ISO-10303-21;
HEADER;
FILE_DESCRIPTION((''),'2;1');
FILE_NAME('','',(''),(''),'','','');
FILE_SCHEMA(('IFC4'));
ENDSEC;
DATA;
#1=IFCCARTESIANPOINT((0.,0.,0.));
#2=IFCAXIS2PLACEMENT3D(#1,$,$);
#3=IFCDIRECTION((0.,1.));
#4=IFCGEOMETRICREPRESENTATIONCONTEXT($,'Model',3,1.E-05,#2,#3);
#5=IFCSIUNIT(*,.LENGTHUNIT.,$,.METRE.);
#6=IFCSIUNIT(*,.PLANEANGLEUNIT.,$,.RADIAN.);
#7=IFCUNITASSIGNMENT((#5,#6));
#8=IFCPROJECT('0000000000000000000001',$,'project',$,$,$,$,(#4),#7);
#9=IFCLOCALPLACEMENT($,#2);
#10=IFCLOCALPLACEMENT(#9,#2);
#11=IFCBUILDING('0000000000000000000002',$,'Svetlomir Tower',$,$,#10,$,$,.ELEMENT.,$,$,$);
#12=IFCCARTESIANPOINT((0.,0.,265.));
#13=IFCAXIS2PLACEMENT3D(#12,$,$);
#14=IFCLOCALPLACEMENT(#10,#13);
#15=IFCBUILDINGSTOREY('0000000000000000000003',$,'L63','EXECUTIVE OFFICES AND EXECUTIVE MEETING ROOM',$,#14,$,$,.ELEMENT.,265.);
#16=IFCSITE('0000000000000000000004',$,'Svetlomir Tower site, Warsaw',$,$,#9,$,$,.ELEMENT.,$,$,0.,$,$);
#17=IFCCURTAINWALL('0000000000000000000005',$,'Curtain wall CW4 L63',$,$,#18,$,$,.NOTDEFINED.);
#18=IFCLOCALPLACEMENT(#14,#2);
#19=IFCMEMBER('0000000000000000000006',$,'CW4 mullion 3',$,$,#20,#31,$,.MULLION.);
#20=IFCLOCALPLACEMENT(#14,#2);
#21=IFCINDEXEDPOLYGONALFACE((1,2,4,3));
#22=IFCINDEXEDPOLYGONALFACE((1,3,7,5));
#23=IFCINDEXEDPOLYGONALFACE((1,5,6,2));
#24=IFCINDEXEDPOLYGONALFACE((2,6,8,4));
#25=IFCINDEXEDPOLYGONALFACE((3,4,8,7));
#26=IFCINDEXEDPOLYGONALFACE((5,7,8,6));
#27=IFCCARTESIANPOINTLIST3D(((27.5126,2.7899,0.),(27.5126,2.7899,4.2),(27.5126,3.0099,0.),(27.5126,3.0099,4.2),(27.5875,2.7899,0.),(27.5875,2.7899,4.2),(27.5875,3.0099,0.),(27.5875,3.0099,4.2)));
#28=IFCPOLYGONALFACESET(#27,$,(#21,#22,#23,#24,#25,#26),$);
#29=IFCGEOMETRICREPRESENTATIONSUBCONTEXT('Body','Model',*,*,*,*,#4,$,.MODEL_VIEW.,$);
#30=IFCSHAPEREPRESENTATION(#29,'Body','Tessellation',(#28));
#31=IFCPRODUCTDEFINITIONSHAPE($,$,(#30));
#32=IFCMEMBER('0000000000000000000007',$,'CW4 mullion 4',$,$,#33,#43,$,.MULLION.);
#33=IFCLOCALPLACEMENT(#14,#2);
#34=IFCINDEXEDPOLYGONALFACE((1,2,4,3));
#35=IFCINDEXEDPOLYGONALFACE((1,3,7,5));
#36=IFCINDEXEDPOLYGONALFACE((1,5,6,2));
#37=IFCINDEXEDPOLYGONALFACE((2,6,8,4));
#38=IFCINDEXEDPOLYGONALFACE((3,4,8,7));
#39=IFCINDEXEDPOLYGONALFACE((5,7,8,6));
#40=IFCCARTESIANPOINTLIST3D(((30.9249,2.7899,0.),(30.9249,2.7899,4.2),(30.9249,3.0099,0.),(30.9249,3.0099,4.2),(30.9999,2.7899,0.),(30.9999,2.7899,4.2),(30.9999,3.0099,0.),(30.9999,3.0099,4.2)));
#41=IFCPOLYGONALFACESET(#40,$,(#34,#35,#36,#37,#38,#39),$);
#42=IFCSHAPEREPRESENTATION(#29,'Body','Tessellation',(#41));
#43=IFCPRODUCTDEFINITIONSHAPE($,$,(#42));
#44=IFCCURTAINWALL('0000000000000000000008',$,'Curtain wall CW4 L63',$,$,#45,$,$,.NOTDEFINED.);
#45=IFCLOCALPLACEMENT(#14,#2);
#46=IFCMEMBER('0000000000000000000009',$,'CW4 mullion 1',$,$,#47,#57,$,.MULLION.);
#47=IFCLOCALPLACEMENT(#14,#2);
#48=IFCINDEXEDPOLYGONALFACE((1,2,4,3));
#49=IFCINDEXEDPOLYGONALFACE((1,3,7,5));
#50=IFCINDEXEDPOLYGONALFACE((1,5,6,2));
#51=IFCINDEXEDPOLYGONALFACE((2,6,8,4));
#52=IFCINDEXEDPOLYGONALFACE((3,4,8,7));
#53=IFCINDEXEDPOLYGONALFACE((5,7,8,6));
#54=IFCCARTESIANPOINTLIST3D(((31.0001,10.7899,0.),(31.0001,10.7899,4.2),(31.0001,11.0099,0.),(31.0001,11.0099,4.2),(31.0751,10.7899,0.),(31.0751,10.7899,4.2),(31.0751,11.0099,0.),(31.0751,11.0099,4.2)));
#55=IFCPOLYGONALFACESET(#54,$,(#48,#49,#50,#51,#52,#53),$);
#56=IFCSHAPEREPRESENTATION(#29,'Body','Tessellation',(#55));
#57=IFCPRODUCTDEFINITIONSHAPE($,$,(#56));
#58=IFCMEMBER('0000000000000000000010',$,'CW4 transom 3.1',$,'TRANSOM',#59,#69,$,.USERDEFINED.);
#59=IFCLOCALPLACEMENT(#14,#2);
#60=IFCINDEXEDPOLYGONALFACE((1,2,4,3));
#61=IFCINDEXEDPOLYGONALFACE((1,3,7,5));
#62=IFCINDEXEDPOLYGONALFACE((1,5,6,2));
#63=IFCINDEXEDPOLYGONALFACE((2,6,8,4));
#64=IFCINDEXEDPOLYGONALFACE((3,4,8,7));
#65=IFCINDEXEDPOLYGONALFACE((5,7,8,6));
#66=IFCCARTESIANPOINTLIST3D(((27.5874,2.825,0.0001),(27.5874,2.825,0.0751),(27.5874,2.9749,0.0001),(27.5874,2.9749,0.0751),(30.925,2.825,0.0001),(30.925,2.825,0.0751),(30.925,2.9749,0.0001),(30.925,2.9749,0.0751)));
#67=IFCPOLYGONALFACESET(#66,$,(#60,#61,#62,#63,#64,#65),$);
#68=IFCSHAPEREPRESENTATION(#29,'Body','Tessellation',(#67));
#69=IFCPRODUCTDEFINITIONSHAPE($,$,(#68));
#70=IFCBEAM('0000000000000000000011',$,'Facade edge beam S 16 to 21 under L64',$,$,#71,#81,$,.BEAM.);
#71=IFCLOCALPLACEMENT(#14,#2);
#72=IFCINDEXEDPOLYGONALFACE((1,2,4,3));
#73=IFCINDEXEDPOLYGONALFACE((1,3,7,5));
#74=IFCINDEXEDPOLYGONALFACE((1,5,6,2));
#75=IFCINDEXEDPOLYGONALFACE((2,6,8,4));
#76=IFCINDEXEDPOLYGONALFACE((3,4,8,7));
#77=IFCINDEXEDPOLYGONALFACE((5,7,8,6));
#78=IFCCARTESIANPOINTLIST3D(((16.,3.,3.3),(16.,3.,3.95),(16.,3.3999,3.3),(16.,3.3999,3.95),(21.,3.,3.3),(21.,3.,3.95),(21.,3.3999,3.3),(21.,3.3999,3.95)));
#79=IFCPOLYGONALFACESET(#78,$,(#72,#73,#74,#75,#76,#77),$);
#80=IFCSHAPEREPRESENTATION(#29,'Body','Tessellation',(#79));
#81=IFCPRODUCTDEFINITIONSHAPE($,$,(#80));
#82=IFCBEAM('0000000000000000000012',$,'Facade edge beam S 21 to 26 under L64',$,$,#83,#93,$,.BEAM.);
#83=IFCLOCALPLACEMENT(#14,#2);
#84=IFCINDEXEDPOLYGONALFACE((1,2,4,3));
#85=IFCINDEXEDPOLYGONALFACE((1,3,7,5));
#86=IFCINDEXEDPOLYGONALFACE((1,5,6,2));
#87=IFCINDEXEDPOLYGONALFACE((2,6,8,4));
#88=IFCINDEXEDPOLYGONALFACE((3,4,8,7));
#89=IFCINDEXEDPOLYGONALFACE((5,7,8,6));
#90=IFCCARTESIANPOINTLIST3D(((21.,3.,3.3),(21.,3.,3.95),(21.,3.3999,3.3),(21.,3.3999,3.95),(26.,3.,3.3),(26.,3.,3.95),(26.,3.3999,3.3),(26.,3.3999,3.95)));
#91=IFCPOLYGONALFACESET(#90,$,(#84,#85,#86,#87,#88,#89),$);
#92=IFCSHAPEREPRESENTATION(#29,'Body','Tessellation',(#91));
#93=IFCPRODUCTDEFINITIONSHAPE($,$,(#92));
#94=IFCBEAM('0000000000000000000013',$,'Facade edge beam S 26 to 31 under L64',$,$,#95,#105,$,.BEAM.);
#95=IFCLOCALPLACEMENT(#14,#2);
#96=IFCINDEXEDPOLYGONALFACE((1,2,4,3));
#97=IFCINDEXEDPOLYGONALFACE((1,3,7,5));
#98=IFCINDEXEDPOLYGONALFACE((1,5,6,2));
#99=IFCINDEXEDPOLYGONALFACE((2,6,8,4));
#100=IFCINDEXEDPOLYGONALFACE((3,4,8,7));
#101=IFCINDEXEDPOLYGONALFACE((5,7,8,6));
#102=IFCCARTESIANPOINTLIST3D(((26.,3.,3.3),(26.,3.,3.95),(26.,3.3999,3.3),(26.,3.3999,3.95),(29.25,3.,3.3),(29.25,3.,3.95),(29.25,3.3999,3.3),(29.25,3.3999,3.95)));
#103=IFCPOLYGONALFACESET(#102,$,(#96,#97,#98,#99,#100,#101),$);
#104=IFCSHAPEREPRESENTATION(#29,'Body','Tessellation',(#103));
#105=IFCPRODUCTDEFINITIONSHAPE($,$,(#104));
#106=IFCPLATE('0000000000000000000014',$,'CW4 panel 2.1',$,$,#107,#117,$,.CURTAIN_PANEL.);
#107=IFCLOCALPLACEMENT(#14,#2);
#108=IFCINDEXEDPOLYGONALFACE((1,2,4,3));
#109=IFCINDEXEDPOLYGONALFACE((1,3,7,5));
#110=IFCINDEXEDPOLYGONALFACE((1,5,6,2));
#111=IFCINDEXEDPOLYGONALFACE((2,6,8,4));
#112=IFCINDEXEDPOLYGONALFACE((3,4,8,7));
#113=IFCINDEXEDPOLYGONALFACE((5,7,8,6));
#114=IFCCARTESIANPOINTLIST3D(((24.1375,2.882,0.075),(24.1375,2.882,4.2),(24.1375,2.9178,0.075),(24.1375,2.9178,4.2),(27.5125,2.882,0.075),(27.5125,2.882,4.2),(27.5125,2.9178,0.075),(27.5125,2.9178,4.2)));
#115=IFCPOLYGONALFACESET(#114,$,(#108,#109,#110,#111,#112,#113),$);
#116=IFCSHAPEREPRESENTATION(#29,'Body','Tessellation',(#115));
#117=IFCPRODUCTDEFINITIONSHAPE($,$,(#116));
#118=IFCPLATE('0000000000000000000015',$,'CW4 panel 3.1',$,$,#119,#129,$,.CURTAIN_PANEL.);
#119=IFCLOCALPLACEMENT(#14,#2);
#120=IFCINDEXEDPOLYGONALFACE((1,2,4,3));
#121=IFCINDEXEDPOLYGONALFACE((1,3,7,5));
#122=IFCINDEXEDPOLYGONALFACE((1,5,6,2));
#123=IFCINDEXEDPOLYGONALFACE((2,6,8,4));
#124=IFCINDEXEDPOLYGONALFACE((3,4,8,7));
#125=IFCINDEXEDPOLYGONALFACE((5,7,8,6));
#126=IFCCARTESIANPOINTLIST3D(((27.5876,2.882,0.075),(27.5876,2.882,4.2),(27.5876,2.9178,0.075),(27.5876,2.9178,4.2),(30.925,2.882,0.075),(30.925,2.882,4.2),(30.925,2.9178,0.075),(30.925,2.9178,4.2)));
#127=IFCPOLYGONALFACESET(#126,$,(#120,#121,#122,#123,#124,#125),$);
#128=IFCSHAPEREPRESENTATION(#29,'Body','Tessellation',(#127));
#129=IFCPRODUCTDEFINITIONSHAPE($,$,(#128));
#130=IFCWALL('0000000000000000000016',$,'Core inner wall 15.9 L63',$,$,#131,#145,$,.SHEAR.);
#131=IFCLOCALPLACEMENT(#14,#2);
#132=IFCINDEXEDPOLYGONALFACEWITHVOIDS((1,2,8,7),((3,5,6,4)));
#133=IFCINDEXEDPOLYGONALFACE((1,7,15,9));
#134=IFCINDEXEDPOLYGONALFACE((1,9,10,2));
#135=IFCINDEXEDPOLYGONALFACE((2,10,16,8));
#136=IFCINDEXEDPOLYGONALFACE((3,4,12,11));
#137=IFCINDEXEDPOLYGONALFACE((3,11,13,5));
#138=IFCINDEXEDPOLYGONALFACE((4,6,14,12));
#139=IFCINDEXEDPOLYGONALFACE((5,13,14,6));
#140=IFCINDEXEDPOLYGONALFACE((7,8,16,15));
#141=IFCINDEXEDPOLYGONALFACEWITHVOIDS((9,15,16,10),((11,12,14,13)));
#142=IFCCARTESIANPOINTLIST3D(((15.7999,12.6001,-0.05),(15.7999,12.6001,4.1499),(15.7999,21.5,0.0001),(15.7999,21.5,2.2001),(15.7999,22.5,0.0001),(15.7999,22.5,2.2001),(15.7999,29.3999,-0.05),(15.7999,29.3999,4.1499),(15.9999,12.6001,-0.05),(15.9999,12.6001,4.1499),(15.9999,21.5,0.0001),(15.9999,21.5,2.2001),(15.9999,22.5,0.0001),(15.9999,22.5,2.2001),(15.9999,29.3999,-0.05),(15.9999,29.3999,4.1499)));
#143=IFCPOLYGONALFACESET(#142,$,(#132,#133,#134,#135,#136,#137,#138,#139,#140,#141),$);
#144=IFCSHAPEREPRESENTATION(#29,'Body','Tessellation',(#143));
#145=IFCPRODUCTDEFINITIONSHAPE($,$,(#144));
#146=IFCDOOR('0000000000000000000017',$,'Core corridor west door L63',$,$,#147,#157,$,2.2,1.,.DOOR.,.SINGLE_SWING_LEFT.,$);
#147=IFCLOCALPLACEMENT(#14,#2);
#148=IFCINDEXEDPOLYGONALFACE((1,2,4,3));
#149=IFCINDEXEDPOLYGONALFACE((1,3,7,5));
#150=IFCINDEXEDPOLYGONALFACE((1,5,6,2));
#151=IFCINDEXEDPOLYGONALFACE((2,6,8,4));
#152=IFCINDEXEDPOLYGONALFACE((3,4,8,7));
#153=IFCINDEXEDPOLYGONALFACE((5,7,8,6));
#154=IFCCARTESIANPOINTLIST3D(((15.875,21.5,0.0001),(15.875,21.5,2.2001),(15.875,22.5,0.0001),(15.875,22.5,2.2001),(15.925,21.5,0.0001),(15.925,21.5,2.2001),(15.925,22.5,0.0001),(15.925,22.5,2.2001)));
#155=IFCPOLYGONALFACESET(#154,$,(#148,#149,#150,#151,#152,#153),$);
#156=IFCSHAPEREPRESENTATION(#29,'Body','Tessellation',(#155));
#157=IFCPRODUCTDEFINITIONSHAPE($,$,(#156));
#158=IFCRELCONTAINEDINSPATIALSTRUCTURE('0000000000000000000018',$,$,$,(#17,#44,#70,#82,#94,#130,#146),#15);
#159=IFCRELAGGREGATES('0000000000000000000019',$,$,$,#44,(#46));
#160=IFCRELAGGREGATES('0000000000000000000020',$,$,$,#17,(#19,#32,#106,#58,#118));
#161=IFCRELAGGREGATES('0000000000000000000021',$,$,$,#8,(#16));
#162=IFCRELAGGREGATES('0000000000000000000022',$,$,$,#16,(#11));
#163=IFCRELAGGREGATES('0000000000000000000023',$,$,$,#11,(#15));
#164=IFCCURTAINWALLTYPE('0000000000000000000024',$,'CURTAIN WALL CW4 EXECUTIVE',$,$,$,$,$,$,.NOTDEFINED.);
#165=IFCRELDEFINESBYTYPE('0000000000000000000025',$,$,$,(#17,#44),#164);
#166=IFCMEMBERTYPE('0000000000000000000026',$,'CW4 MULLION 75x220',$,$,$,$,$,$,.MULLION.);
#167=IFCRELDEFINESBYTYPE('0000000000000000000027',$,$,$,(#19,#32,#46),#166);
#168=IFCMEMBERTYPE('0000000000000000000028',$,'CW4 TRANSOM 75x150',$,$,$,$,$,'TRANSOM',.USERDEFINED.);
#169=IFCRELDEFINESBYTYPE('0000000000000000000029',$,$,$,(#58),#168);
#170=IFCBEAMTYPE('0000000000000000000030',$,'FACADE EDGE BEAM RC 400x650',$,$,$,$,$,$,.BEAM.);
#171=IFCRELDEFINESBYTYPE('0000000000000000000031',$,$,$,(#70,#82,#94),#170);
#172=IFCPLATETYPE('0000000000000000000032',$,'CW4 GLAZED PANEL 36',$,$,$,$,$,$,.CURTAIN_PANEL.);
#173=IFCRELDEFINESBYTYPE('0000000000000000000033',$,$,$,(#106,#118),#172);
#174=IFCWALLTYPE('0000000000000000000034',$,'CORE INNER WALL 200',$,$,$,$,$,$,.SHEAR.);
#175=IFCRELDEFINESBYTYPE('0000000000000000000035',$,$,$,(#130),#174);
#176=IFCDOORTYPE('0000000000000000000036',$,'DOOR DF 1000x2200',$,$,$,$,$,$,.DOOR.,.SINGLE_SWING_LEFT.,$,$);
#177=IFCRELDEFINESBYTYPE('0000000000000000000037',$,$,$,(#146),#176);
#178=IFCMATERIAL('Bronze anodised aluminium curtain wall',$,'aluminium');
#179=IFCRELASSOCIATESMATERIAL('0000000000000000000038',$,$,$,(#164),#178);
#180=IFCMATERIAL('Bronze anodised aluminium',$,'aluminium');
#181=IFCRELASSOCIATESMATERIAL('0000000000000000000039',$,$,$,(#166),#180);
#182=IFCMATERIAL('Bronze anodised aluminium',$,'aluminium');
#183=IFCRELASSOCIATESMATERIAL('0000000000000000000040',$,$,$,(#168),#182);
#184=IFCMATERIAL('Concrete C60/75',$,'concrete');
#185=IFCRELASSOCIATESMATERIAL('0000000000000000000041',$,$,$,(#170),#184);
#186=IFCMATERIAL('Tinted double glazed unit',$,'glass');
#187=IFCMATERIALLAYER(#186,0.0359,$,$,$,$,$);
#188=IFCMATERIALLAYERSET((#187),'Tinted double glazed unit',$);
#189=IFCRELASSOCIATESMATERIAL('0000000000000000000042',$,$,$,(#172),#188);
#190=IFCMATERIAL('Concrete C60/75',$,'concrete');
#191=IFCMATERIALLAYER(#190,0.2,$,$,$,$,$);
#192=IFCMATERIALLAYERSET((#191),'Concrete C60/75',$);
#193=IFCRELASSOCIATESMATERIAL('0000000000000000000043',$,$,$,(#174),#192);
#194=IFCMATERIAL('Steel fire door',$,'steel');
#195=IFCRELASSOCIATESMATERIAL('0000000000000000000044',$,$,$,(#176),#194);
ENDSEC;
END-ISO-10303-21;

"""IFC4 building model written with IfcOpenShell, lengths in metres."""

from ifc_helpers import new_model, si_unit, direction, frame, frame_2d, origin, origin_2d, place, context, subcontext, project, spatial, rectangle, extrude, material, layer, layer_set, material_profile, profile_set, type_object, element, fill, aggregate, save


model = new_model("IFC4")

# Units and contexts
model_context = context("Model", 3, precision=1e-05, world=origin(), true_north=direction((0.0, 1.0)))
body_context = subcontext(model_context, "Body", "Model", "MODEL_VIEW")
ifc_project = project(units=[si_unit("LENGTHUNIT", "METRE"), si_unit("PLANEANGLEUNIT", "RADIAN")], contexts=[model_context])

# Site, building, storey
site_placement = place(None, origin())
site = spatial("IfcSite", under=ifc_project, at=site_placement, Name="Svetlomir Tower site, Warsaw", CompositionType="ELEMENT", RefElevation=0.0)
building_placement = place(site_placement, origin())
building = spatial("IfcBuilding", under=site, at=building_placement, Name="Svetlomir Tower", CompositionType="ELEMENT")
storey_placement = place(building_placement, frame((0.0, 0.0, 265.0)))
storey = spatial("IfcBuildingStorey", under=building, at=storey_placement, Name="L63", Description="EXECUTIVE OFFICES AND EXECUTIVE MEETING ROOM", CompositionType="ELEMENT", Elevation=265.0)

# Curtain wall, members
ifc_material_1 = material(Name="Bronze anodised aluminium curtain wall", Category="aluminium")
curtain_wall_type = type_object("IfcCurtainWallType", Name="CURTAIN WALL CW4 EXECUTIVE", PredefinedType="NOTDEFINED", material=ifc_material_1)
curtain_wall_1_placement = place(storey_placement, origin())
curtain_wall_1 = element("IfcCurtainWall", 1, at=curtain_wall_1_placement, inside=storey, type_object=curtain_wall_type, Name="Curtain wall CW4 L63", PredefinedType="NOTDEFINED")
ifc_material_2 = material(Name="Bronze anodised aluminium", Category="aluminium")
ifc_material_profile_1 = material_profile(ifc_material_2, rectangle(XDim=0.075, YDim=0.22, at=origin_2d()), Name="AL 75x220")
ifc_profile_set_1 = profile_set([ifc_material_profile_1], Name="Bronze anodised aluminium 6063-T6")
member_type_1 = type_object("IfcMemberType", Name="CW4 MULLION 75x220", PredefinedType="MULLION", material=ifc_profile_set_1)
member_1_placement = place(storey_placement, frame((27.55, 2.8999, 0.0), z_axis=(0.0, 0.0, 1.0), x_axis=(1.0, 0.0, 0.0)))
member_1 = element("IfcMember", 2, at=member_1_placement, type_object=member_type_1, Name="CW4 mullion 3", PredefinedType="MULLION", context=body_context, shape_type="SweptSolid", body=[
    extrude(rectangle(XDim=0.075, YDim=0.22, at=origin_2d()), origin(), (0.0, 0.0, 1.0), 4.2),
])
member_2_placement = place(storey_placement, frame((30.9624, 2.8999, 0.0), z_axis=(0.0, 0.0, 1.0), x_axis=(1.0, 0.0, 0.0)))
member_2 = element("IfcMember", 3, at=member_2_placement, type_object=member_type_1, Name="CW4 mullion 4", PredefinedType="MULLION", context=body_context, shape_type="SweptSolid", body=[
    extrude(rectangle(XDim=0.075, YDim=0.22, at=origin_2d()), origin(), (0.0, 0.0, 1.0), 4.2),
])

# Curtain wall, member
curtain_wall_2_placement = place(storey_placement, origin())
curtain_wall_2 = element("IfcCurtainWall", 4, at=curtain_wall_2_placement, inside=storey, type_object=curtain_wall_type, Name="Curtain wall CW4 L63", PredefinedType="NOTDEFINED")
member_3_placement = place(storey_placement, frame((31.0376, 10.8999, 0.0), z_axis=(0.0, 0.0, 1.0), x_axis=(1.0, 0.0, 0.0)))
member_3 = element("IfcMember", 5, at=member_3_placement, type_object=member_type_1, Name="CW4 mullion 1", PredefinedType="MULLION", context=body_context, shape_type="SweptSolid", body=[
    extrude(rectangle(XDim=0.075, YDim=0.22, at=origin_2d()), origin(), (0.0, 0.0, 1.0), 4.2),
])
aggregate(curtain_wall_2, [member_3])

# Member
ifc_material_3 = material(Name="Bronze anodised aluminium", Category="aluminium")
ifc_material_profile_2 = material_profile(ifc_material_3, rectangle(XDim=0.1499, YDim=0.075, at=origin_2d()), Name="AL 150x75")
ifc_profile_set_2 = profile_set([ifc_material_profile_2], Name="Bronze anodised aluminium 6063-T6")
member_type_2 = type_object("IfcMemberType", Name="CW4 TRANSOM 75x150", ElementType="TRANSOM", PredefinedType="USERDEFINED", material=ifc_profile_set_2)
member_4_placement = place(storey_placement, frame((27.5874, 2.8999, 0.0376), z_axis=(1.0, 0.0, 0.0), x_axis=(0.0, 1.0, 0.0)))
member_4 = element("IfcMember", 6, at=member_4_placement, type_object=member_type_2, Name="CW4 transom 3.1", ObjectType="TRANSOM", PredefinedType="USERDEFINED", context=body_context, shape_type="SweptSolid", body=[
    extrude(rectangle(XDim=0.1499, YDim=0.075, at=origin_2d()), origin(), (0.0, 0.0, 1.0), 3.3376),
])

# Beams
ifc_material_4 = material(Name="Concrete C60/75", Category="concrete")
ifc_material_profile_3 = material_profile(ifc_material_4, rectangle(XDim=0.3999, YDim=0.6499, at=origin_2d()), Name="RC 400x650")
ifc_profile_set_3 = profile_set([ifc_material_profile_3], Name="Concrete C60/75")
beam_type = type_object("IfcBeamType", Name="FACADE EDGE BEAM RC 400x650", PredefinedType="BEAM", material=ifc_profile_set_3)
for number, where, z_axis, x_axis, name in (
    (7, (16.0, 3.2, 3.625), (1.0, 0.0, 0.0), (0.0, 1.0, 0.0), "Facade edge beam S 16 to 21 under L64"),
    (8, (21.0, 3.2, 3.625), (1.0, 0.0, 0.0), (0.0, 1.0, 0.0), "Facade edge beam S 21 to 26 under L64"),
):
    element("IfcBeam", number, at=place(storey_placement, frame(where, z_axis=z_axis, x_axis=x_axis)), inside=storey, type_object=beam_type, Name=name, PredefinedType="BEAM", context=body_context, shape_type="SweptSolid", body=[
        extrude(rectangle(XDim=0.3999, YDim=0.6499, at=origin_2d()), origin(), (0.0, 0.0, 1.0), 5.0),
    ])
beam_placement = place(storey_placement, frame((26.0, 3.2, 3.625), z_axis=(1.0, 0.0, 0.0), x_axis=(0.0, 1.0, 0.0)))
element("IfcBeam", 9, at=beam_placement, inside=storey, type_object=beam_type, Name="Facade edge beam S 26 to 31 under L64", PredefinedType="BEAM", context=body_context, shape_type="SweptSolid", body=[
    extrude(rectangle(XDim=0.3999, YDim=0.6499, at=origin_2d()), origin(), (0.0, 0.0, 1.0), 3.25),
])

# Plates
ifc_material_5 = material(Name="Tinted double glazed unit", Category="glass")
ifc_layer_1 = layer(ifc_material_5, 0.0359)
ifc_layer_set_1 = layer_set([ifc_layer_1], Name="Tinted double glazed unit")
plate_type = type_object("IfcPlateType", Name="CW4 GLAZED PANEL 36", PredefinedType="CURTAIN_PANEL", material=ifc_layer_set_1)
plate_1_placement = place(storey_placement, frame((25.825, 2.8999, 0.075), z_axis=(0.0, 0.0, 1.0), x_axis=(1.0, 0.0, 0.0)))
plate_1 = element("IfcPlate", 10, at=plate_1_placement, type_object=plate_type, Name="CW4 panel 2.1", PredefinedType="CURTAIN_PANEL", context=body_context, shape_type="SweptSolid", body=[
    extrude(rectangle(XDim=3.375, YDim=0.0359, at=origin_2d()), origin(), (0.0, 0.0, 1.0), 4.125),
])
plate_2_placement = place(storey_placement, frame((29.2563, 2.8999, 0.075), z_axis=(0.0, 0.0, 1.0), x_axis=(1.0, 0.0, 0.0)))
plate_2 = element("IfcPlate", 11, at=plate_2_placement, type_object=plate_type, Name="CW4 panel 3.1", PredefinedType="CURTAIN_PANEL", context=body_context, shape_type="SweptSolid", body=[
    extrude(rectangle(XDim=3.3374, YDim=0.0359, at=origin_2d()), origin(), (0.0, 0.0, 1.0), 4.125),
])
aggregate(curtain_wall_1, [member_1, member_2, plate_1, member_4, plate_2])

# Wall, opening, door
ifc_material_6 = material(Name="Concrete C60/75", Category="concrete")
ifc_layer_2 = layer(ifc_material_6, 0.2)
ifc_layer_set_2 = layer_set([ifc_layer_2], Name="Concrete C60/75")
wall_type = type_object("IfcWallType", Name="CORE INNER WALL 200", PredefinedType="SHEAR", material=ifc_layer_set_2)
wall_1_placement = place(storey_placement, frame((15.8999, 12.6001, -0.05), z_axis=(0.0, 0.0, 1.0), x_axis=(0.0, 1.0, 0.0)))
wall_1 = element("IfcWall", 12, at=wall_1_placement, inside=storey, type_object=wall_type, Name="Core inner wall 15.9 L63", PredefinedType="SHEAR", context=body_context, shape_type="SweptSolid", body=[
    extrude(rectangle(XDim=16.7998, YDim=0.2, at=frame_2d((8.3999, 0.0))), origin(), (0.0, 0.0, 1.0), 4.2),
])
opening_1_placement = place(wall_1_placement, frame((8.8999, 0.0, 0.05)))
opening_1 = element("IfcOpeningElement", 13, at=opening_1_placement, cuts=wall_1, PredefinedType="OPENING", context=body_context, shape_type="SweptSolid", body=[
    extrude(rectangle(XDim=1.0, YDim=2.2, at=frame_2d((0.5, 1.1001))), frame((0.0, 0.1099, 0.0), z_axis=(0.0, -1.0, 0.0), x_axis=(1.0, 0.0, 0.0)), (0.0, 0.0, 1.0), 0.22),
])
ifc_material_7 = material(Name="Steel fire door", Category="steel")
door_type_1 = type_object("IfcDoorType", Name="DOOR DF 1000x2200", OperationType="SINGLE_SWING_LEFT", PredefinedType="DOOR", material=ifc_material_7)
door_1_placement = place(opening_1_placement, origin())
door_1 = element("IfcDoor", 14, at=door_1_placement, inside=storey, type_object=door_type_1, Name="Core corridor west door L63", OperationType="SINGLE_SWING_LEFT", OverallHeight=2.2, OverallWidth=1.0, PredefinedType="DOOR", context=body_context, shape_type="SweptSolid", body=[
    extrude(rectangle(XDim=1.0, YDim=2.2, at=frame_2d((0.5, 1.1001))), frame((0.0, 0.0249, 0.0), z_axis=(0.0, -1.0, 0.0), x_axis=(1.0, 0.0, 0.0)), (0.0, 0.0, 1.0), 0.05),
])
fill(opening_1, door_1)

save(model, "model.ifc")
